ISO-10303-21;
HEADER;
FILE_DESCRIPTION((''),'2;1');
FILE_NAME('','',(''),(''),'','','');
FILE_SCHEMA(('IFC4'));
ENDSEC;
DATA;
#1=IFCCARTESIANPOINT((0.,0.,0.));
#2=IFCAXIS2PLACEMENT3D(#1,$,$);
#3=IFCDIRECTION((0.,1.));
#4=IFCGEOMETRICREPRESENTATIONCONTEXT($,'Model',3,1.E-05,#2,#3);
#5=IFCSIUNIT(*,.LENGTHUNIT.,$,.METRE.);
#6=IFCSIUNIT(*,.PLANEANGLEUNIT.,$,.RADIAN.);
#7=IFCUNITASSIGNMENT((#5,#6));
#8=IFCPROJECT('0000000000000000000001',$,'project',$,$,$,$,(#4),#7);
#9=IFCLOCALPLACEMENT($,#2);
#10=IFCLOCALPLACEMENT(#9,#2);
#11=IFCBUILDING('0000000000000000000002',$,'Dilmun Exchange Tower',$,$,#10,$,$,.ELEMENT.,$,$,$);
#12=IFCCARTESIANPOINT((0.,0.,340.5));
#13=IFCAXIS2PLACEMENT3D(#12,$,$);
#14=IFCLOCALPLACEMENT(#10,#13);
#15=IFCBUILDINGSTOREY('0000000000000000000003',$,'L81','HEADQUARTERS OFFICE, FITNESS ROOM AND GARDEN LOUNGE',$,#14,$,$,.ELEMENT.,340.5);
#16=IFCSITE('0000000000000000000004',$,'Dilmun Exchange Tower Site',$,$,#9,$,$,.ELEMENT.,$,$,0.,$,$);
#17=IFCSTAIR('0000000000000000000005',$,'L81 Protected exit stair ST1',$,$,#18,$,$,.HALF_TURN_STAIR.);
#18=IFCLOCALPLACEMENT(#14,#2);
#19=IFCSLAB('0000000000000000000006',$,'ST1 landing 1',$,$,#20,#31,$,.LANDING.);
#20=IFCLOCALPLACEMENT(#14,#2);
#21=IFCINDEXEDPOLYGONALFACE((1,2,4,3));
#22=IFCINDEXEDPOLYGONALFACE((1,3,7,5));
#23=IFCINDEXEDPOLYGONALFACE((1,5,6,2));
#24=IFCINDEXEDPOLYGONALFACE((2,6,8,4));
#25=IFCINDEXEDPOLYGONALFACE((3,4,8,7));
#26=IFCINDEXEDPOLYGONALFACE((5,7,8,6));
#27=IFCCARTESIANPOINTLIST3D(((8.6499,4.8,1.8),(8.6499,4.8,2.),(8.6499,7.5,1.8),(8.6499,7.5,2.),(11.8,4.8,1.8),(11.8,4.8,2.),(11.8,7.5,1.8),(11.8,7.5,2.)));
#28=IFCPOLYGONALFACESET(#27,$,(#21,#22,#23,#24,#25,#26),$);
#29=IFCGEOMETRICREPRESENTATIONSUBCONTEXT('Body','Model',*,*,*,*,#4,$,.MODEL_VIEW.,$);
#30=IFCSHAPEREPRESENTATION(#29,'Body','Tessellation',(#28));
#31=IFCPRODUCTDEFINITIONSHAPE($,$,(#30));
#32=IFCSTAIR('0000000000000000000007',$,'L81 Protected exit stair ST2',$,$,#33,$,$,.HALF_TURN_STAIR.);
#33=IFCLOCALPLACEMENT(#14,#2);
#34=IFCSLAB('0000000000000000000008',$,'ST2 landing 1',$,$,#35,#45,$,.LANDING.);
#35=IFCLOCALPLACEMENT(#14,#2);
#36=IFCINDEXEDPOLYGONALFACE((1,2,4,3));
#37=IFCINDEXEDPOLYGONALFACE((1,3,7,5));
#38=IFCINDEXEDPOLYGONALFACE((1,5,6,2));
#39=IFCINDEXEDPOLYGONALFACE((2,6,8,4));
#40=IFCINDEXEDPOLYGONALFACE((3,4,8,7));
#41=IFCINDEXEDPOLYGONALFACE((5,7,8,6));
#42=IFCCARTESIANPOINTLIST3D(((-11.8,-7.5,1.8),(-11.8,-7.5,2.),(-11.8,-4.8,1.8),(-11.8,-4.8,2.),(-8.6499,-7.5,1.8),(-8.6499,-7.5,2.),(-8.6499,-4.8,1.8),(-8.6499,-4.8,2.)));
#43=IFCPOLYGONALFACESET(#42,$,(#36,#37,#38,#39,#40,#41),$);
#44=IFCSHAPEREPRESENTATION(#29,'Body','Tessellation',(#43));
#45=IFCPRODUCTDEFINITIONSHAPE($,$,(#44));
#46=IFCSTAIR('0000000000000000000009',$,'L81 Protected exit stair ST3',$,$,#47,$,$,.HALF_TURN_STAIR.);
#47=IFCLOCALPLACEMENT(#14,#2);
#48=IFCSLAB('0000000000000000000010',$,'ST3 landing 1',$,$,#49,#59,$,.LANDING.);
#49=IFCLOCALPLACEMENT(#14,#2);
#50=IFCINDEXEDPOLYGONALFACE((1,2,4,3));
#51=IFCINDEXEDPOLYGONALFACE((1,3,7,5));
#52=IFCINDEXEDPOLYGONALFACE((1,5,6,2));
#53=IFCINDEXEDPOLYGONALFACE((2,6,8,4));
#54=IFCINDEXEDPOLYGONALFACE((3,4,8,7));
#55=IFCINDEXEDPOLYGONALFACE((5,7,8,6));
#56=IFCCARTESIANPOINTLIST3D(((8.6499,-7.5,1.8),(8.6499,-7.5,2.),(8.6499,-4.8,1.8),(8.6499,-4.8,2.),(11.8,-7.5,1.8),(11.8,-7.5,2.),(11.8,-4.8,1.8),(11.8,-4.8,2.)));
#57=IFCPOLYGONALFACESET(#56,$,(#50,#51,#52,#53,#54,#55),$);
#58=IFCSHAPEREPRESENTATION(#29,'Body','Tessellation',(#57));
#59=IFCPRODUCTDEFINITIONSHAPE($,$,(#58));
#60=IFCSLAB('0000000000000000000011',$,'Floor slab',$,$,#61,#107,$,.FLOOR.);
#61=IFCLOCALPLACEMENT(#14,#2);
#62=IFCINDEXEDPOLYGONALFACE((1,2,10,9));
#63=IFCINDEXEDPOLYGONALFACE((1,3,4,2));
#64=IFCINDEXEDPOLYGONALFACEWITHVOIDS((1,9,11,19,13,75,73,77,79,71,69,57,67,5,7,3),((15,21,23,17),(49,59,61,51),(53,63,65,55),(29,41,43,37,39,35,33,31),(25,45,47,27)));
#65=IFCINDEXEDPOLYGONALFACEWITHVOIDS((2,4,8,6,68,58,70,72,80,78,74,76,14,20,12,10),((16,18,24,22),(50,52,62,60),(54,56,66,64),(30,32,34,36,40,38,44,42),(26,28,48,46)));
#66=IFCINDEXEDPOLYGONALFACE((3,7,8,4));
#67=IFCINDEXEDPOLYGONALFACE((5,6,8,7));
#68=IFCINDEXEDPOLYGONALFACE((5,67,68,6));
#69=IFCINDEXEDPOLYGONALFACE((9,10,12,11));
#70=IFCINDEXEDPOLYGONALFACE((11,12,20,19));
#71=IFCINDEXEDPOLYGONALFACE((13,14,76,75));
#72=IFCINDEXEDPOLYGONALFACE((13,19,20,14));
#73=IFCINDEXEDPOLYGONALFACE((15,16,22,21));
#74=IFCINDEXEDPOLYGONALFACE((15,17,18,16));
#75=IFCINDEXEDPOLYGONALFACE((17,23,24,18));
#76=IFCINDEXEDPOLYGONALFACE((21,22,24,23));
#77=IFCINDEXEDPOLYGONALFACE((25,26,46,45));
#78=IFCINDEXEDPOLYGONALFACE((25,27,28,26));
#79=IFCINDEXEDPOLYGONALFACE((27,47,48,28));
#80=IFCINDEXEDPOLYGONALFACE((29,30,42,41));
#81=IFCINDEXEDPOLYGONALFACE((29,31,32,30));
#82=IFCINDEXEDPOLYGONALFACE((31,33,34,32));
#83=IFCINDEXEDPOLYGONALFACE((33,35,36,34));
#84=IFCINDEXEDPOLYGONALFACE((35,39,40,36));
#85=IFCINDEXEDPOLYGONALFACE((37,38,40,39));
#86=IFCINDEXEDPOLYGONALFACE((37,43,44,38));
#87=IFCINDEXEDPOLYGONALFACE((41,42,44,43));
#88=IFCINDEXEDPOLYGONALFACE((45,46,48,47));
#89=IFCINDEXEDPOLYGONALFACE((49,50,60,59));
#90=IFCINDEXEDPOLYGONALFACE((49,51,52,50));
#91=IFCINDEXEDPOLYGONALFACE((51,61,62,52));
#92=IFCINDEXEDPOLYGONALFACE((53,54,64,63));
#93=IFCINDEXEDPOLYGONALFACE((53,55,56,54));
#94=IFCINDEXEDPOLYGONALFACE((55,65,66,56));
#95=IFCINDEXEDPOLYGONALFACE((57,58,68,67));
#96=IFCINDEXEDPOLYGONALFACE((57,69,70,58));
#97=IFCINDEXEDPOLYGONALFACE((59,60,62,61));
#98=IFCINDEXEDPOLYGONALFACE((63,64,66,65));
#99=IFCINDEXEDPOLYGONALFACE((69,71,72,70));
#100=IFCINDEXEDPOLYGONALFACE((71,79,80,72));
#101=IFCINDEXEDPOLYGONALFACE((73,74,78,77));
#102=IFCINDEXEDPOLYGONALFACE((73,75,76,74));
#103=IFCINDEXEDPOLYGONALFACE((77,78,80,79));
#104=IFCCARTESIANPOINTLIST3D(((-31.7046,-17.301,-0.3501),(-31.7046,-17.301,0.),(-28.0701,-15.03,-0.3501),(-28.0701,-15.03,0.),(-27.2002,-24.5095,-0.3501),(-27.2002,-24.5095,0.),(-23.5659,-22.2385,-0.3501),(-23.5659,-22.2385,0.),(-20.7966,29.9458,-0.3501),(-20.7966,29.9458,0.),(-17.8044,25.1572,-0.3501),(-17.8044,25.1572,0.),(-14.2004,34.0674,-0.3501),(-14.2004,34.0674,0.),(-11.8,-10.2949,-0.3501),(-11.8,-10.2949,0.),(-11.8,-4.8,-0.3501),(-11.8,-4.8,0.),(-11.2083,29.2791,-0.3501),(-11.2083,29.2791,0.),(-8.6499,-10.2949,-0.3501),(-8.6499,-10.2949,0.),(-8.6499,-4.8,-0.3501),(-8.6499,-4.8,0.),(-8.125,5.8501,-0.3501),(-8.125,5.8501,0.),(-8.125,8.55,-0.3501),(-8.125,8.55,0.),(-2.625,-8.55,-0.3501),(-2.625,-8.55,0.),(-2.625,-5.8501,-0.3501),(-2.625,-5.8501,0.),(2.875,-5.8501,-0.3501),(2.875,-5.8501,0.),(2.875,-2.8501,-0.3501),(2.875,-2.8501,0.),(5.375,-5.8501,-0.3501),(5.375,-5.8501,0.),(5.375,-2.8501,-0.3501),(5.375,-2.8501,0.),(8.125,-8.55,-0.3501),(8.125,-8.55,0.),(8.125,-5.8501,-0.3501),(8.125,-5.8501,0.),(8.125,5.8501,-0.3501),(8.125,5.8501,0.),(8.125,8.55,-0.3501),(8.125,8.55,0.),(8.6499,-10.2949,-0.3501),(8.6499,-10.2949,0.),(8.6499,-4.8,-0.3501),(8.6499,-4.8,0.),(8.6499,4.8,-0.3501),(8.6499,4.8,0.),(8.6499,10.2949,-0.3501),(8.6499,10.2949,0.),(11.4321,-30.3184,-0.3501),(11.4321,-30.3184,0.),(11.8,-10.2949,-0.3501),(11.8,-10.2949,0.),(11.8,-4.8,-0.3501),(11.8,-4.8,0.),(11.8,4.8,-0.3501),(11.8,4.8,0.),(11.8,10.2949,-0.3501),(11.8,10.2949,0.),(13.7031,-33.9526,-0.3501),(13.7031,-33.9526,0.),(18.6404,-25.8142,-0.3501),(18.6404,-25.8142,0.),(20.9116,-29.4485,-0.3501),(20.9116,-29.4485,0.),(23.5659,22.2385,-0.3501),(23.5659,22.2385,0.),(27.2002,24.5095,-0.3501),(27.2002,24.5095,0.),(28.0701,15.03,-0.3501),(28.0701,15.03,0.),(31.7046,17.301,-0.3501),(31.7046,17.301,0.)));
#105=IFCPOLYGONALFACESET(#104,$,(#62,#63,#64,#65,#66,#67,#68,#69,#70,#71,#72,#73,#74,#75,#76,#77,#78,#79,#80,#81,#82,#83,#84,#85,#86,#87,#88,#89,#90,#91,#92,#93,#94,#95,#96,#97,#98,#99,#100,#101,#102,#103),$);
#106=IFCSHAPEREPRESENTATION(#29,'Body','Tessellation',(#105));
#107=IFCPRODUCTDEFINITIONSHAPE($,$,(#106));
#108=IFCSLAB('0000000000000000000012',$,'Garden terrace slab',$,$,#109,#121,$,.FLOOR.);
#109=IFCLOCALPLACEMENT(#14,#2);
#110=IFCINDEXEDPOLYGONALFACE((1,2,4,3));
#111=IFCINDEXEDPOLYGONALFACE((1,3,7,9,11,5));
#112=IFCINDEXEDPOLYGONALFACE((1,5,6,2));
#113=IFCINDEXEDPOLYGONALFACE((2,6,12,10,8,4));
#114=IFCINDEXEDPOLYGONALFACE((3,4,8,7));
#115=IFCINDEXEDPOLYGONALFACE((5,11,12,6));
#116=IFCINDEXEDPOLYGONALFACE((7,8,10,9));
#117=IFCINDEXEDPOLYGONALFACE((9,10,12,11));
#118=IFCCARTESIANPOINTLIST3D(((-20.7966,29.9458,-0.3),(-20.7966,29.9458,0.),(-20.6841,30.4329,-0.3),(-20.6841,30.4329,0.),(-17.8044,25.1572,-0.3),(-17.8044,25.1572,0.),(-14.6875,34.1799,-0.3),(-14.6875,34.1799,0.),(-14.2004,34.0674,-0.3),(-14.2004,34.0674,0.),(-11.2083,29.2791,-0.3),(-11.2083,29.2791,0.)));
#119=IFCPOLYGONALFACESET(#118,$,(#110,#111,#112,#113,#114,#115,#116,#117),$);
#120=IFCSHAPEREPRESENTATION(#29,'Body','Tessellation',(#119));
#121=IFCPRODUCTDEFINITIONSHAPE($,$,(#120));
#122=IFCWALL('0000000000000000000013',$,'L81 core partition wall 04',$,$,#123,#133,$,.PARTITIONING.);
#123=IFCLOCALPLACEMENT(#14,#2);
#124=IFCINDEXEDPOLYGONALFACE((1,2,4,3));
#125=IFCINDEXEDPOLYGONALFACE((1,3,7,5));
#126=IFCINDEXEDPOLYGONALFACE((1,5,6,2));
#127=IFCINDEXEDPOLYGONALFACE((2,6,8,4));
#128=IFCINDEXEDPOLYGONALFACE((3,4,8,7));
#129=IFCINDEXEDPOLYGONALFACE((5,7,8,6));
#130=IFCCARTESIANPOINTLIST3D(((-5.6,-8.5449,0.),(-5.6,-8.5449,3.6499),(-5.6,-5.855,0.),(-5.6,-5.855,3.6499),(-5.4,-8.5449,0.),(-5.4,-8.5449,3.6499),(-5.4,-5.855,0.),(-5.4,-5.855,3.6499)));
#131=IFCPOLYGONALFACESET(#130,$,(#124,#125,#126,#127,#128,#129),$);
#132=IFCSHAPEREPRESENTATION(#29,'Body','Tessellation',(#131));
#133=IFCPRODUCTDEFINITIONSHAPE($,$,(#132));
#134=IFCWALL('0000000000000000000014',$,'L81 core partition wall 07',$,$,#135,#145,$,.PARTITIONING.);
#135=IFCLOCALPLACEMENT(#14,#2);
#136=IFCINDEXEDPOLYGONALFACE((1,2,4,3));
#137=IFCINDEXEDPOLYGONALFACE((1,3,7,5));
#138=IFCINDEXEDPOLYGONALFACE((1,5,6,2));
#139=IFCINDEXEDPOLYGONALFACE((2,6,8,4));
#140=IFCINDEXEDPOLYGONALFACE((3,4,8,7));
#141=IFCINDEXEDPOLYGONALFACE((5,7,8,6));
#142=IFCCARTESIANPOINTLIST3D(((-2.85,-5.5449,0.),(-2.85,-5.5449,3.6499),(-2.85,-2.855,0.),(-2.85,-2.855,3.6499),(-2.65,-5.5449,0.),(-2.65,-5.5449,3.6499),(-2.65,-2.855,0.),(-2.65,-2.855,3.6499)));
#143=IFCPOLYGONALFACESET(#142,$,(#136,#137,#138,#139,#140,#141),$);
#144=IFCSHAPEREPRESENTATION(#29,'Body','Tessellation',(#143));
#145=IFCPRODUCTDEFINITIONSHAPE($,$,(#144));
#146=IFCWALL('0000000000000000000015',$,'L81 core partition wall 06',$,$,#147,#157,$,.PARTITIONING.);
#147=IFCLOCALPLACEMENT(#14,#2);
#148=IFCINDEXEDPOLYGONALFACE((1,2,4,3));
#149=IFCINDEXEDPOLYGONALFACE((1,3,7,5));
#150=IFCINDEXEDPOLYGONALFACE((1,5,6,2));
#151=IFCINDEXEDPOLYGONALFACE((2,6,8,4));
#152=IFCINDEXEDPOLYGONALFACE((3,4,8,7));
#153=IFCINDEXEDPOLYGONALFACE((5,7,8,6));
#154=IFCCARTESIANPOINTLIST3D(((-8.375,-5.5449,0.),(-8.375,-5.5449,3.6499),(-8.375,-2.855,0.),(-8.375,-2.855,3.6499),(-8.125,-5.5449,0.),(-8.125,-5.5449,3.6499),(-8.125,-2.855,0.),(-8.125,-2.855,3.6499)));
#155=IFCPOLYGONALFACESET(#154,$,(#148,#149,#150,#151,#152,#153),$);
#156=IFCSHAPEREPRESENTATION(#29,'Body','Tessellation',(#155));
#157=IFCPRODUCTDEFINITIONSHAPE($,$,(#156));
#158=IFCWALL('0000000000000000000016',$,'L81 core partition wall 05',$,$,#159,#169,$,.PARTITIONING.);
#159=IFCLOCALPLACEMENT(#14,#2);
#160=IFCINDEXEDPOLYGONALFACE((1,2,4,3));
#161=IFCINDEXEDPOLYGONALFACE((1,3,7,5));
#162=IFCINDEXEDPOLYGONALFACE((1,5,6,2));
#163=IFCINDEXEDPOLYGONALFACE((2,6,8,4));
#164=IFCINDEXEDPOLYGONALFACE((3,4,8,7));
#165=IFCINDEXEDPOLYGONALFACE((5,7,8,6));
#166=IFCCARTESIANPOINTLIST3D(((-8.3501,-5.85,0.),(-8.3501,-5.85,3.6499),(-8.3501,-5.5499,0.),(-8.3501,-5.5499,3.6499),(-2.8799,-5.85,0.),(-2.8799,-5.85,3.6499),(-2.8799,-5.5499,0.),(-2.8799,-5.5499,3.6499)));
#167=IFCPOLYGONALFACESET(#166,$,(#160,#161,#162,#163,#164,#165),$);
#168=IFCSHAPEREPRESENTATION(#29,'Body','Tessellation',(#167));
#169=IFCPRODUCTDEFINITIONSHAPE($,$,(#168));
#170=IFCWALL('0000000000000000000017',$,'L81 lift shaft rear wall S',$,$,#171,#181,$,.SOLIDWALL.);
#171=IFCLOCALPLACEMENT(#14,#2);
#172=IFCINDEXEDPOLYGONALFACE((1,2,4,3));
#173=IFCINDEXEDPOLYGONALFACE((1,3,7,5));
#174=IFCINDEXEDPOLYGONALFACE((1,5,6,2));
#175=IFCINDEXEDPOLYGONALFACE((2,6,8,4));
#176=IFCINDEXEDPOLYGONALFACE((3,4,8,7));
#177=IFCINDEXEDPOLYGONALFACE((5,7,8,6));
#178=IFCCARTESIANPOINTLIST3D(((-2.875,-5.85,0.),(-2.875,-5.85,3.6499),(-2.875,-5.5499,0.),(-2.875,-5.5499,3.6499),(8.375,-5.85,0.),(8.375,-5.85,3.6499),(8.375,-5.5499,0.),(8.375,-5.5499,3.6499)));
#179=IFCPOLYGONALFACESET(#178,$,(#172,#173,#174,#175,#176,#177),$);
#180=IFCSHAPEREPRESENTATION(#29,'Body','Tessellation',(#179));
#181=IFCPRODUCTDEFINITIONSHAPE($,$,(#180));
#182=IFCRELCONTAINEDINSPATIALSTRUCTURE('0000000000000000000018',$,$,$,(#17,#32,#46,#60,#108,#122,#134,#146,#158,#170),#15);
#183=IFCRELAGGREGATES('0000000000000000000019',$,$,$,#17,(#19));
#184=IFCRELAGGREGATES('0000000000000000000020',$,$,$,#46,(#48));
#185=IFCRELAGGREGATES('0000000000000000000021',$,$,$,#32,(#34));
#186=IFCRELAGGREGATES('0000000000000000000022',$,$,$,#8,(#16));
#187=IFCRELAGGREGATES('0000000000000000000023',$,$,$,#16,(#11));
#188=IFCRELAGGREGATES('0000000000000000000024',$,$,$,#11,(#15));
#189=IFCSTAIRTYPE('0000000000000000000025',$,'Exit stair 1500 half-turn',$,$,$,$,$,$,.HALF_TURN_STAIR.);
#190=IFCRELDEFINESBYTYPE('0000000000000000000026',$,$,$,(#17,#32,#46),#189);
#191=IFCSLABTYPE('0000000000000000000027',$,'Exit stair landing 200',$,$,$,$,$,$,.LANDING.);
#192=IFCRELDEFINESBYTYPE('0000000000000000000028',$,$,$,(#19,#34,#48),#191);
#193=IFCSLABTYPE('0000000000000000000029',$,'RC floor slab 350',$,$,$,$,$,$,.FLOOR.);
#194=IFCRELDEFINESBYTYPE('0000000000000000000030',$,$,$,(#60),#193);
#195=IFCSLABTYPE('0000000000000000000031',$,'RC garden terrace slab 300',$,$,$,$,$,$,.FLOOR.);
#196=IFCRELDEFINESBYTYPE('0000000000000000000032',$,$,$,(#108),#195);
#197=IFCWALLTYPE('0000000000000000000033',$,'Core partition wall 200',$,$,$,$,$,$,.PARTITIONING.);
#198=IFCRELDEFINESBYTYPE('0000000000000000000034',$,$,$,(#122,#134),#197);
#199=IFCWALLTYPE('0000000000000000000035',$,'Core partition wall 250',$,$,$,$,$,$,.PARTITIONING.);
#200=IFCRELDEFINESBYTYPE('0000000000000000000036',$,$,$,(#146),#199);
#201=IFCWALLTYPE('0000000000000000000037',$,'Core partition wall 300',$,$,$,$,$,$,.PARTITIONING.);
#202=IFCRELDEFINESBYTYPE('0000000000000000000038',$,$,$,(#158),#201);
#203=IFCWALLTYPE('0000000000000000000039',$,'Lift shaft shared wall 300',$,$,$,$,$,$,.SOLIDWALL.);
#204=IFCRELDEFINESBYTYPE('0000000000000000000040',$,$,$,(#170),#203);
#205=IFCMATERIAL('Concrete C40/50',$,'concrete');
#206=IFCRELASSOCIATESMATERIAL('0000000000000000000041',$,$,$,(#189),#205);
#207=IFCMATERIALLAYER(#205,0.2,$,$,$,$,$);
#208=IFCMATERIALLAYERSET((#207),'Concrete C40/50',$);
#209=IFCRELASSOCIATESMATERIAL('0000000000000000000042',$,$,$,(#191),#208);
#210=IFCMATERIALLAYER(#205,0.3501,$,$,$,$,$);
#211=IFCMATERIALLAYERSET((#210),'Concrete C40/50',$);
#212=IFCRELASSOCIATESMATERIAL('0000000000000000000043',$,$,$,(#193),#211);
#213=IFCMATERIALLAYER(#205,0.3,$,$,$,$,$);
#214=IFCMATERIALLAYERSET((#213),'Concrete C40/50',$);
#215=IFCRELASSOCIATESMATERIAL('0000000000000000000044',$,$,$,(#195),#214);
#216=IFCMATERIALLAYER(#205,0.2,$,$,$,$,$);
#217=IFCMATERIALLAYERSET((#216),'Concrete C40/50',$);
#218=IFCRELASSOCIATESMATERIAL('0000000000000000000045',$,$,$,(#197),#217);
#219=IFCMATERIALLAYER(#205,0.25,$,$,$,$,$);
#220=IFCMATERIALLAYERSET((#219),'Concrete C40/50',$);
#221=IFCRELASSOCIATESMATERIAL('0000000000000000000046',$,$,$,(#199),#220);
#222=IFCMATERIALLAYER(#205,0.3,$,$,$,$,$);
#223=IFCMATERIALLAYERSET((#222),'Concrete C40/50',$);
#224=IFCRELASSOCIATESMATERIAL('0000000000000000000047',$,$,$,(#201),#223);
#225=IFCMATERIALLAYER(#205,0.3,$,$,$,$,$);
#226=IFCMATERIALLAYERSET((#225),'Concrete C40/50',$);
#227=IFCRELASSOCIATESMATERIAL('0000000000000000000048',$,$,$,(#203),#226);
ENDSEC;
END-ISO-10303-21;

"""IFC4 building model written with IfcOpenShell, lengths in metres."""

from ifc_helpers import new_model, si_unit, direction, frame, frame_2d, origin, place, context, subcontext, project, spatial, polyline, rectangle, outline, extrude, material, layer, layer_set, type_object, element, aggregate, save


model = new_model("IFC4")

# Units and contexts
model_context = context("Model", 3, precision=1e-05, world=origin(), true_north=direction((0.0, 1.0)))
body_context = subcontext(model_context, "Body", "Model", "MODEL_VIEW")
ifc_project = project(units=[si_unit("LENGTHUNIT", "METRE"), si_unit("PLANEANGLEUNIT", "RADIAN")], contexts=[model_context])

# Site, building, storey
site_placement = place(None, origin())
site = spatial("IfcSite", under=ifc_project, at=site_placement, Name="Dilmun Exchange Tower Site", CompositionType="ELEMENT", RefElevation=0.0)
building_placement = place(site_placement, origin())
building = spatial("IfcBuilding", under=site, at=building_placement, Name="Dilmun Exchange Tower", CompositionType="ELEMENT")
storey_placement = place(building_placement, frame((0.0, 0.0, 340.5)))
storey = spatial("IfcBuildingStorey", under=building, at=storey_placement, Name="L81", Description="HEADQUARTERS OFFICE, FITNESS ROOM AND GARDEN LOUNGE", CompositionType="ELEMENT", Elevation=340.5)

# Stairs, slabs
ifc_material_1 = material(Name="Concrete C40/50", Category="concrete")
stair_type = type_object("IfcStairType", Name="Exit stair 1500 half-turn", PredefinedType="HALF_TURN_STAIR", material=ifc_material_1)
stair_1_placement = place(storey_placement, origin())
stair_1 = element("IfcStair", 1, at=stair_1_placement, inside=storey, type_object=stair_type, Name="L81 Protected exit stair ST1", PredefinedType="HALF_TURN_STAIR")
ifc_layer_1 = layer(ifc_material_1, 0.2)
ifc_layer_set_1 = layer_set([ifc_layer_1], Name="Concrete C40/50")
slab_type_1 = type_object("IfcSlabType", Name="Exit stair landing 200", PredefinedType="LANDING", material=ifc_layer_set_1)
slab_1_placement = place(storey_placement, frame((0.0, 0.0, 1.8)))
slab_1 = element("IfcSlab", 2, at=slab_1_placement, type_object=slab_type_1, Name="ST1 landing 1", PredefinedType="LANDING", context=body_context, shape_type="SweptSolid", body=[
    extrude(outline(polyline([(8.6499, 7.5), (8.6499, 4.8), (11.8, 4.8), (11.8, 7.5), (8.6499, 7.5)])), origin(), (0.0, 0.0, 1.0), 0.2),
])
aggregate(stair_1, [slab_1])
stair_2_placement = place(storey_placement, origin())
stair_2 = element("IfcStair", 3, at=stair_2_placement, inside=storey, type_object=stair_type, Name="L81 Protected exit stair ST2", PredefinedType="HALF_TURN_STAIR")
slab_2_placement = place(storey_placement, frame((0.0, 0.0, 1.8)))
slab_2 = element("IfcSlab", 4, at=slab_2_placement, type_object=slab_type_1, Name="ST2 landing 1", PredefinedType="LANDING", context=body_context, shape_type="SweptSolid", body=[
    extrude(outline(polyline([(-8.6499, -7.5), (-8.6499, -4.8), (-11.8, -4.8), (-11.8, -7.5), (-8.6499, -7.5)])), origin(), (0.0, 0.0, 1.0), 0.2),
])
stair_3_placement = place(storey_placement, origin())
stair_3 = element("IfcStair", 5, at=stair_3_placement, inside=storey, type_object=stair_type, Name="L81 Protected exit stair ST3", PredefinedType="HALF_TURN_STAIR")
slab_3_placement = place(storey_placement, frame((0.0, 0.0, 1.8)))
slab_3 = element("IfcSlab", 6, at=slab_3_placement, type_object=slab_type_1, Name="ST3 landing 1", PredefinedType="LANDING", context=body_context, shape_type="SweptSolid", body=[
    extrude(outline(polyline([(11.8, -7.5), (11.8, -4.8), (8.6499, -4.8), (8.6499, -7.5), (11.8, -7.5)])), origin(), (0.0, 0.0, 1.0), 0.2),
])
aggregate(stair_3, [slab_3])

# Slabs
ifc_layer_2 = layer(ifc_material_1, 0.3501)
ifc_layer_set_2 = layer_set([ifc_layer_2], Name="Concrete C40/50")
slab_type_2 = type_object("IfcSlabType", Name="RC floor slab 350", PredefinedType="FLOOR", material=ifc_layer_set_2)
slab_4_placement = place(storey_placement, frame((0.0, 0.0, -0.3501)))
element("IfcSlab", 7, at=slab_4_placement, inside=storey, type_object=slab_type_2, Name="Floor slab", PredefinedType="FLOOR", context=body_context, shape_type="SweptSolid", body=[
    extrude(outline(polyline([(23.5659, 22.2385), (28.0701, 15.03), (31.7046, 17.301), (20.9116, -29.4485), (18.6404, -25.8142), (11.4321, -30.3184), (13.7031, -33.9526), (-27.2002, -24.5095), (-23.5659, -22.2385), (-28.0701, -15.03), (-31.7046, -17.301), (-20.7966, 29.9458), (-17.8044, 25.1572), (-11.2083, 29.2791), (-14.2004, 34.0674), (27.2002, 24.5095), (23.5659, 22.2385)]), holes=[polyline([(-8.6499, -4.8), (-11.8, -4.8), (-11.8, -10.2949), (-8.6499, -10.2949), (-8.6499, -4.8)]), polyline([(11.8, -4.8), (8.6499, -4.8), (8.6499, -10.2949), (11.8, -10.2949), (11.8, -4.8)]), polyline([(2.875, -5.8501), (-2.625, -5.8501), (-2.625, -8.55), (8.125, -8.55), (8.125, -5.8501), (5.375, -5.8501), (5.375, -2.8501), (2.875, -2.8501), (2.875, -5.8501)]), polyline([(8.125, 5.8501), (8.125, 8.55), (-8.125, 8.55), (-8.125, 5.8501), (8.125, 5.8501)]), polyline([(8.6499, 10.2949), (8.6499, 4.8), (11.8, 4.8), (11.8, 10.2949), (8.6499, 10.2949)])]), origin(), (0.0, 0.0, 1.0), 0.3501),
])
ifc_layer_3 = layer(ifc_material_1, 0.3)
ifc_layer_set_3 = layer_set([ifc_layer_3], Name="Concrete C40/50")
slab_type_3 = type_object("IfcSlabType", Name="RC garden terrace slab 300", PredefinedType="FLOOR", material=ifc_layer_set_3)
slab_5_placement = place(storey_placement, frame((0.0, 0.0, -0.3)))
element("IfcSlab", 8, at=slab_5_placement, inside=storey, type_object=slab_type_3, Name="Garden terrace slab", PredefinedType="FLOOR", context=body_context, shape_type="SweptSolid", body=[
    extrude(outline(polyline([(-17.8044, 25.1572), (-20.7966, 29.9458), (-20.6841, 30.4329), (-14.6875, 34.1799), (-14.2004, 34.0674), (-11.2083, 29.2791), (-17.8044, 25.1572)])), origin(), (0.0, 0.0, 1.0), 0.3),
])

# Walls
ifc_layer_4 = layer(ifc_material_1, 0.2)
ifc_layer_set_4 = layer_set([ifc_layer_4], Name="Concrete C40/50")
wall_type_1 = type_object("IfcWallType", Name="Core partition wall 200", PredefinedType="PARTITIONING", material=ifc_layer_set_4)
for number, where, z_axis, x_axis, name in (
    (9, (-5.5, -8.5449, 0.0), (0.0, 0.0, 1.0), (0.0, 1.0, 0.0), "L81 core partition wall 04"),
    (10, (-2.75, -5.5449, 0.0), (0.0, 0.0, 1.0), (0.0, 1.0, 0.0), "L81 core partition wall 07"),
):
    element("IfcWall", number, at=place(storey_placement, frame(where, z_axis=z_axis, x_axis=x_axis)), inside=storey, type_object=wall_type_1, Name=name, PredefinedType="PARTITIONING", context=body_context, shape_type="SweptSolid", body=[
        extrude(rectangle(XDim=2.6899, YDim=0.2, at=frame_2d((1.345, 0.0))), origin(), (0.0, 0.0, 1.0), 3.6499),
    ])

# Walls
ifc_layer_5 = layer(ifc_material_1, 0.25)
ifc_layer_set_5 = layer_set([ifc_layer_5], Name="Concrete C40/50")
wall_type_2 = type_object("IfcWallType", Name="Core partition wall 250", PredefinedType="PARTITIONING", material=ifc_layer_set_5)
wall_1_placement = place(storey_placement, frame((-8.25, -5.5449, 0.0), z_axis=(0.0, 0.0, 1.0), x_axis=(0.0, 1.0, 0.0)))
element("IfcWall", 11, at=wall_1_placement, inside=storey, type_object=wall_type_2, Name="L81 core partition wall 06", PredefinedType="PARTITIONING", context=body_context, shape_type="SweptSolid", body=[
    extrude(rectangle(XDim=2.6899, YDim=0.25, at=frame_2d((1.345, 0.0))), origin(), (0.0, 0.0, 1.0), 3.6499),
])
ifc_layer_6 = layer(ifc_material_1, 0.3)
ifc_layer_set_6 = layer_set([ifc_layer_6], Name="Concrete C40/50")
wall_type_3 = type_object("IfcWallType", Name="Core partition wall 300", PredefinedType="PARTITIONING", material=ifc_layer_set_6)
wall_2_placement = place(storey_placement, frame((-8.3501, -5.7, 0.0), z_axis=(0.0, 0.0, 1.0), x_axis=(1.0, 0.0, 0.0)))
element("IfcWall", 12, at=wall_2_placement, inside=storey, type_object=wall_type_3, Name="L81 core partition wall 05", PredefinedType="PARTITIONING", context=body_context, shape_type="SweptSolid", body=[
    extrude(rectangle(XDim=5.4702, YDim=0.3, at=frame_2d((2.7351, 0.0))), origin(), (0.0, 0.0, 1.0), 3.6499),
])
ifc_layer_7 = layer(ifc_material_1, 0.3)
ifc_layer_set_7 = layer_set([ifc_layer_7], Name="Concrete C40/50")
wall_type_4 = type_object("IfcWallType", Name="Lift shaft shared wall 300", PredefinedType="SOLIDWALL", material=ifc_layer_set_7)
wall_3_placement = place(storey_placement, frame((-2.875, -5.7, 0.0), z_axis=(0.0, 0.0, 1.0), x_axis=(1.0, 0.0, 0.0)))
element("IfcWall", 13, at=wall_3_placement, inside=storey, type_object=wall_type_4, Name="L81 lift shaft rear wall S", PredefinedType="SOLIDWALL", context=body_context, shape_type="SweptSolid", body=[
    extrude(rectangle(XDim=11.25, YDim=0.3, at=frame_2d((5.625, 0.0))), origin(), (0.0, 0.0, 1.0), 3.6499),
])

aggregate(stair_2, [slab_2])

save(model, "model.ifc")
